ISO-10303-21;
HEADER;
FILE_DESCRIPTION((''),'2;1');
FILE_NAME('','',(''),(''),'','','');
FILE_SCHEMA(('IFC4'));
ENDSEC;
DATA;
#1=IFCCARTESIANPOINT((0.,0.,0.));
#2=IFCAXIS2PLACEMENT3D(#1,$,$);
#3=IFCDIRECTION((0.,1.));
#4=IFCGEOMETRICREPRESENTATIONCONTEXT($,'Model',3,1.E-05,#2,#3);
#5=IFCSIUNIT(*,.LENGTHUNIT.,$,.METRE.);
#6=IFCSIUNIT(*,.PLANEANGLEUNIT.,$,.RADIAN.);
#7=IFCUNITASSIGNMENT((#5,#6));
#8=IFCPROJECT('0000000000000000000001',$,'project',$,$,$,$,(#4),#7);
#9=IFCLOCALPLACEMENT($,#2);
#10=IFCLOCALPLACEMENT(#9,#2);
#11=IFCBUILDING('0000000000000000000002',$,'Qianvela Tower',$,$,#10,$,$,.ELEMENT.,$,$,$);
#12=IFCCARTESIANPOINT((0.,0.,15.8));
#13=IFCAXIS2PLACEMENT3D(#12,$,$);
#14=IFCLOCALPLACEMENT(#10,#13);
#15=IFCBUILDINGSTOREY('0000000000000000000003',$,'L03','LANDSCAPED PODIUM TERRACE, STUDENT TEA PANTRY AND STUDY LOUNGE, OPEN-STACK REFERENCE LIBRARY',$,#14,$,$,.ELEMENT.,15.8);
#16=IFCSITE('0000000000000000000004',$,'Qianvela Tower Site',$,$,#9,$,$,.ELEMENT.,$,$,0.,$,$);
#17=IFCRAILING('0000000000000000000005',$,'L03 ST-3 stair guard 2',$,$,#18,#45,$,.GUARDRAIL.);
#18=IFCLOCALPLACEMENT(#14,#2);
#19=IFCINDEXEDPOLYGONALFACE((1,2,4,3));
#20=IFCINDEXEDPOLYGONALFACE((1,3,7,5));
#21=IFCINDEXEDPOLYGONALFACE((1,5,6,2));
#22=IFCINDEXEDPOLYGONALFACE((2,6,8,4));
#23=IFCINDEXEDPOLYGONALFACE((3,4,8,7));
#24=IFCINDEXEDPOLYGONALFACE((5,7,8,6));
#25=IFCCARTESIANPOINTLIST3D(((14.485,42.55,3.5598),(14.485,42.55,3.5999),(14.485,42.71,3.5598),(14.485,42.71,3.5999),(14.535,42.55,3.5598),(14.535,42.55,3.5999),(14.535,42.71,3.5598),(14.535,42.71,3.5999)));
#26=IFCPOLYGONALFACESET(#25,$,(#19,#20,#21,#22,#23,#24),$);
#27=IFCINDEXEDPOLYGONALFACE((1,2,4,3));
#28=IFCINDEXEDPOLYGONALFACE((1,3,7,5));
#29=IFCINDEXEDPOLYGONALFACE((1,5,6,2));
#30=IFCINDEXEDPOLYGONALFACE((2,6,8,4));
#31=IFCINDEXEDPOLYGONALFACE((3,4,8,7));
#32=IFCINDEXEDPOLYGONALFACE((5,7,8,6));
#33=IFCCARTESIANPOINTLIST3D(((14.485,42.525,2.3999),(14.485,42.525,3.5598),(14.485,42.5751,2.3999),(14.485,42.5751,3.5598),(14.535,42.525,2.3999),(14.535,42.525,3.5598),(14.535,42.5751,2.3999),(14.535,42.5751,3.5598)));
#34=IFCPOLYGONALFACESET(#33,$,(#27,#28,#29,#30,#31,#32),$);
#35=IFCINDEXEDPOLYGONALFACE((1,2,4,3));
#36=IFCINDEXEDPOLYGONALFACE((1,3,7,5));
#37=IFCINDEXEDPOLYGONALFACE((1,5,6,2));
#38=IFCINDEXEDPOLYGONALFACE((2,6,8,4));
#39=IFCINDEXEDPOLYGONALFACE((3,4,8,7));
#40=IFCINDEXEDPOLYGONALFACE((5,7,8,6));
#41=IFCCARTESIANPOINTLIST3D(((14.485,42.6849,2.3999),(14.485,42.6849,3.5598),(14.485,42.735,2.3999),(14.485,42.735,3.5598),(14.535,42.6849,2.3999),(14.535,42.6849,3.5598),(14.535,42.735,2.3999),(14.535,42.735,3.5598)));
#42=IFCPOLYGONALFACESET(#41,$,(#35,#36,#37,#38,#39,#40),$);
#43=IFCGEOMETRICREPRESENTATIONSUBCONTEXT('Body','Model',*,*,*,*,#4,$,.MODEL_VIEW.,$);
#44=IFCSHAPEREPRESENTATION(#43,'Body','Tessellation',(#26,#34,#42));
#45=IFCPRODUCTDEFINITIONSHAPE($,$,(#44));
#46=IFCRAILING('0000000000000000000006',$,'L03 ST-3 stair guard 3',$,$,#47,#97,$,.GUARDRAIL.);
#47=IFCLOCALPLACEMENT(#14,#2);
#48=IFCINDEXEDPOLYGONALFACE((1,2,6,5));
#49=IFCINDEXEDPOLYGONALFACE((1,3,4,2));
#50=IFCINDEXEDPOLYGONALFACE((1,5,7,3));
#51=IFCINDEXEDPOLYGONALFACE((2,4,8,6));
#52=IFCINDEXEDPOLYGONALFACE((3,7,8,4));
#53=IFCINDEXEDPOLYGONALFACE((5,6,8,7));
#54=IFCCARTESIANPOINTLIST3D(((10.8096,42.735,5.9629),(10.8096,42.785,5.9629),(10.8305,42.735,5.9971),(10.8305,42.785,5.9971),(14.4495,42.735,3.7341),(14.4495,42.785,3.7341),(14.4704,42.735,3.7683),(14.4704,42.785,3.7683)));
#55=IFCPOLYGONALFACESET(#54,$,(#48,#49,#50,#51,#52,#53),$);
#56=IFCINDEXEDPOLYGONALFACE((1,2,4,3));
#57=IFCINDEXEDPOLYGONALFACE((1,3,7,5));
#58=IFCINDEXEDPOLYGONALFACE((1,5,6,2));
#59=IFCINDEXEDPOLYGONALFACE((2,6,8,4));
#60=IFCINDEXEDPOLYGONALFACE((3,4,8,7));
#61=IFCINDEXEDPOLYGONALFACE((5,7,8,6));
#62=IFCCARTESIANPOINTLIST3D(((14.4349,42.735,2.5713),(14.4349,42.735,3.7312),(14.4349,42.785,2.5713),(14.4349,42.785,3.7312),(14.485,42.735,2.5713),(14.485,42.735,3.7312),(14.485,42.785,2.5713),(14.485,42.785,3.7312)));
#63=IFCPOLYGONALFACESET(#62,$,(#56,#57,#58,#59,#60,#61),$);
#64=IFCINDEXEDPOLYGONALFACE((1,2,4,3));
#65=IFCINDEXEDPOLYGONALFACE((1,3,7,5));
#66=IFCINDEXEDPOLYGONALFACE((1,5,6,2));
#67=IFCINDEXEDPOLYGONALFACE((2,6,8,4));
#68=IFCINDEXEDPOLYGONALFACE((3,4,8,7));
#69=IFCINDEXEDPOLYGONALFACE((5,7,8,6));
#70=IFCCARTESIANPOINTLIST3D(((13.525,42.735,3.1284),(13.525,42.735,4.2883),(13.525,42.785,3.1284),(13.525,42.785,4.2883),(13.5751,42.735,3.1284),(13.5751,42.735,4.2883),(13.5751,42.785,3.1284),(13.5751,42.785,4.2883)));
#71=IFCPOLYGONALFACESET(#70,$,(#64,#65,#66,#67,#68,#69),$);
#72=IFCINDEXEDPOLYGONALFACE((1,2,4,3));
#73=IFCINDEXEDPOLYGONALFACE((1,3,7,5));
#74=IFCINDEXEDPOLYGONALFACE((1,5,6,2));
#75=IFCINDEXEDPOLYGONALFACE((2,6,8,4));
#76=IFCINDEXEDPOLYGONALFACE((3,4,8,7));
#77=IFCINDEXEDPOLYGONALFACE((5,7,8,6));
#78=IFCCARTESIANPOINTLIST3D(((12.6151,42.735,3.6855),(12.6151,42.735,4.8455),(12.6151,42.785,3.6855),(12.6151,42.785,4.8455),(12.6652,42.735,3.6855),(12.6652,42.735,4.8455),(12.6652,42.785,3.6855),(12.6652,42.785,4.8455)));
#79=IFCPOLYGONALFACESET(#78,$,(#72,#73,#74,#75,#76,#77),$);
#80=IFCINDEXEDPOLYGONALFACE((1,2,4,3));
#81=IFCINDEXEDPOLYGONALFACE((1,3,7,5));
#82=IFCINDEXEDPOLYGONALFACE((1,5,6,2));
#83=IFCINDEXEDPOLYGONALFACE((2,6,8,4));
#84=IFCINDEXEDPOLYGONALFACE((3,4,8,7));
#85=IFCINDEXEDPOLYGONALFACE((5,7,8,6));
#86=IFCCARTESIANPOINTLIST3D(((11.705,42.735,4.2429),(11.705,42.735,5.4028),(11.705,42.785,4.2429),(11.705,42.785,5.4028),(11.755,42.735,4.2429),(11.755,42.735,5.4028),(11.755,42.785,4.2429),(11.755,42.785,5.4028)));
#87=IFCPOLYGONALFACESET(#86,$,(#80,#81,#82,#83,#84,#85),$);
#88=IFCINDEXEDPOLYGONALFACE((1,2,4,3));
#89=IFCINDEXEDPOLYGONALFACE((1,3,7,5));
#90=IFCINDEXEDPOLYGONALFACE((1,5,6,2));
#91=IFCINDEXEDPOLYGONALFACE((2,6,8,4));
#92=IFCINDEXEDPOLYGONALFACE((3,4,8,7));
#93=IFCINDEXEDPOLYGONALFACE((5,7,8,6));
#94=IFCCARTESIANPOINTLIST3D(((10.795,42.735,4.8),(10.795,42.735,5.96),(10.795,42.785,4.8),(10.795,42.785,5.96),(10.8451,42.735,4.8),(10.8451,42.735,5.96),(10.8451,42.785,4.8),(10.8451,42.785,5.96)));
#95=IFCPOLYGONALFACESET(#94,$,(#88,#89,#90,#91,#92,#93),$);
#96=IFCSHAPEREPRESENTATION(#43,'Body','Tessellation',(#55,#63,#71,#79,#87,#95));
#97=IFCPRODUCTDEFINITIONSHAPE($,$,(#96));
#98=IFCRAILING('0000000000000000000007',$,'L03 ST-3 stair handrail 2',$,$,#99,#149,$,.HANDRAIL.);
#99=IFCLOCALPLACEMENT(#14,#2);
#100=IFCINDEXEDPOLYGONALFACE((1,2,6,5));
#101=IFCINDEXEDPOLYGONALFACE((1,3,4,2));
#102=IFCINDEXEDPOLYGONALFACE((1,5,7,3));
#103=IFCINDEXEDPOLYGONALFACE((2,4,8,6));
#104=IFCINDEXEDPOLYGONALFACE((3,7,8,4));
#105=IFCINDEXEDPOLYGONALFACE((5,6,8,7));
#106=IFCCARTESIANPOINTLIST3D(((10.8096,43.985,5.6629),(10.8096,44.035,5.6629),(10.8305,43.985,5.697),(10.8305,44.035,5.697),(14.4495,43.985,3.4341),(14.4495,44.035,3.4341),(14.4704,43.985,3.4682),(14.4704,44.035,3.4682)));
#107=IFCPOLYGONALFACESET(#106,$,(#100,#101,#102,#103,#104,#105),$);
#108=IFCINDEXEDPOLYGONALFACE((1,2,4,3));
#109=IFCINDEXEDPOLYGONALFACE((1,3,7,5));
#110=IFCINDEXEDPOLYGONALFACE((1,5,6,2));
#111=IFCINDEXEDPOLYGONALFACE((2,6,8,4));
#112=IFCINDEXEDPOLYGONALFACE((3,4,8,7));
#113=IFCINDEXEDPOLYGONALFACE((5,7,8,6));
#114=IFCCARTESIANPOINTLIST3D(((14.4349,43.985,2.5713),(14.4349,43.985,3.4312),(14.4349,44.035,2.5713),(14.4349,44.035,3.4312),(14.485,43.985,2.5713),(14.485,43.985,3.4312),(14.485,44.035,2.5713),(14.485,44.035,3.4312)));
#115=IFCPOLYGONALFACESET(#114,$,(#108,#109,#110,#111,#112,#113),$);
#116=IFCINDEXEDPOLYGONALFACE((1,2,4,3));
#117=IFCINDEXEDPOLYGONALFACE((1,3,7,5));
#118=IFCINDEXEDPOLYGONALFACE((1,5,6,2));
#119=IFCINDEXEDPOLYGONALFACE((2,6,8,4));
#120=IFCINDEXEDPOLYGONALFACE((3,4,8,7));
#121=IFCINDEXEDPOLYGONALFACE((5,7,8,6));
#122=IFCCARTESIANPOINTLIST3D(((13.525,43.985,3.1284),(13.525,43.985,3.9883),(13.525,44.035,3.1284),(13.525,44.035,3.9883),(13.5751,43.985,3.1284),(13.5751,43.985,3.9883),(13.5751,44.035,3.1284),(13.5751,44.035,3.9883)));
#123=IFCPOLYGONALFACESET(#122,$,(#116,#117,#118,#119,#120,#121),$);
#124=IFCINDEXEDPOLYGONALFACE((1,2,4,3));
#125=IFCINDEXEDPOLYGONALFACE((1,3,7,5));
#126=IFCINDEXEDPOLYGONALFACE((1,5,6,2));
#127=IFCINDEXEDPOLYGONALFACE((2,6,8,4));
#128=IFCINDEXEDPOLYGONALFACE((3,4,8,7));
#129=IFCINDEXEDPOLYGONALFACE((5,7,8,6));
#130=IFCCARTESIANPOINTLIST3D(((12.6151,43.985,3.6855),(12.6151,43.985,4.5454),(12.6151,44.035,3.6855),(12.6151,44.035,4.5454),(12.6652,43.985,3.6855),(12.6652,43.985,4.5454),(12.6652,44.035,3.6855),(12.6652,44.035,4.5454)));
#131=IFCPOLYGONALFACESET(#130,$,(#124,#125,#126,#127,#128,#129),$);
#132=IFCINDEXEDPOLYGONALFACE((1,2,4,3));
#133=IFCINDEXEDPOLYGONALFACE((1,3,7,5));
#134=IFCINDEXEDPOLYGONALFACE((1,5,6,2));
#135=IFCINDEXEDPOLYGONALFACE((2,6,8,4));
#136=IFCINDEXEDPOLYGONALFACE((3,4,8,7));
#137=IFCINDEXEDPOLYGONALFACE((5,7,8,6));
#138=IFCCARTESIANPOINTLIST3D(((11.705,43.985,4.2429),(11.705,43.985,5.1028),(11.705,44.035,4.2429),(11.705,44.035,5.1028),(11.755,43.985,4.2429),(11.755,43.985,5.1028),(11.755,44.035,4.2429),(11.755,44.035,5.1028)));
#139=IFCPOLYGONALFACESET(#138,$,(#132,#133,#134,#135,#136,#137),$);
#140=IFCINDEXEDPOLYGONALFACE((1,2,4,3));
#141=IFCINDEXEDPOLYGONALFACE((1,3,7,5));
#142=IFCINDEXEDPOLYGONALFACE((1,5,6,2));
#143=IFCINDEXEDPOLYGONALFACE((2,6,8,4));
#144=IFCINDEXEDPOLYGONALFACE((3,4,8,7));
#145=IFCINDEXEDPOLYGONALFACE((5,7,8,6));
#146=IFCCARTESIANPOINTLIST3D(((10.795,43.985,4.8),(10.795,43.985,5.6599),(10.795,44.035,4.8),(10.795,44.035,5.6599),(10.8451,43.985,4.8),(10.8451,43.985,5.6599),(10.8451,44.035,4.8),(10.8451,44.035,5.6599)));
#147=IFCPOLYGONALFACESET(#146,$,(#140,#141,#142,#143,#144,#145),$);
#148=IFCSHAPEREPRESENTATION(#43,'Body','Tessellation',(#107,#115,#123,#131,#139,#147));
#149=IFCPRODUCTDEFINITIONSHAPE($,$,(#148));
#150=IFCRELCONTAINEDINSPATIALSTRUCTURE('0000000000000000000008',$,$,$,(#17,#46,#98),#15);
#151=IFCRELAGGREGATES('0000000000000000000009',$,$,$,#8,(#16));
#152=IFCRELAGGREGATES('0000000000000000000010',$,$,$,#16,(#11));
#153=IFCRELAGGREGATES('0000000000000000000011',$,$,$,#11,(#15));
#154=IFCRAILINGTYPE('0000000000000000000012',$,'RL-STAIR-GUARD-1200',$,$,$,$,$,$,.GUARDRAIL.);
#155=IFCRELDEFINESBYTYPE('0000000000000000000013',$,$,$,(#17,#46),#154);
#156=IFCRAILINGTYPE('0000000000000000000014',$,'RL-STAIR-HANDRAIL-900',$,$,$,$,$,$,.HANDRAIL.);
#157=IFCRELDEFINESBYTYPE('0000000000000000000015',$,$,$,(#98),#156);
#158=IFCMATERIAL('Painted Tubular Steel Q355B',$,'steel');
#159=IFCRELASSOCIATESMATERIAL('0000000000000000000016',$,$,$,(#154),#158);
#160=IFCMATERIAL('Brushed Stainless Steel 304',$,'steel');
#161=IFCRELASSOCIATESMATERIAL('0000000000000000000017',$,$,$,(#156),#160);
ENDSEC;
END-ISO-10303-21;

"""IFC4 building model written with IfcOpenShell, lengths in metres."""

from ifc_helpers import new_model, si_unit, direction, frame, origin, origin_2d, place, context, subcontext, project, spatial, rectangle, extrude, material, type_object, element, save


model = new_model("IFC4")

# Units and contexts
model_context = context("Model", 3, precision=1e-05, world=origin(), true_north=direction((0.0, 1.0)))
body_context = subcontext(model_context, "Body", "Model", "MODEL_VIEW")
ifc_project = project(units=[si_unit("LENGTHUNIT", "METRE"), si_unit("PLANEANGLEUNIT", "RADIAN")], contexts=[model_context])

# Site, building, storey
site_placement = place(None, origin())
site = spatial("IfcSite", under=ifc_project, at=site_placement, Name="Qianvela Tower Site", CompositionType="ELEMENT", RefElevation=0.0)
building_placement = place(site_placement, origin())
building = spatial("IfcBuilding", under=site, at=building_placement, Name="Qianvela Tower", CompositionType="ELEMENT")
storey_placement = place(building_placement, frame((0.0, 0.0, 15.8)))
storey = spatial("IfcBuildingStorey", under=building, at=storey_placement, Name="L03", Description="LANDSCAPED PODIUM TERRACE, STUDENT TEA PANTRY AND STUDY LOUNGE, OPEN-STACK REFERENCE LIBRARY", CompositionType="ELEMENT", Elevation=15.8)

# Railings
ifc_material_1 = material(Name="Painted Tubular Steel Q355B", Category="steel")
railing_type_1 = type_object("IfcRailingType", Name="RL-STAIR-GUARD-1200", PredefinedType="GUARDRAIL", material=ifc_material_1)
railing_1_placement = place(storey_placement, frame((14.51, 42.55, 2.3999)))
element("IfcRailing", 1, at=railing_1_placement, inside=storey, type_object=railing_type_1, Name="L03 ST-3 stair guard 2", PredefinedType="GUARDRAIL", context=body_context, shape_type="SweptSolid", body=[
    extrude(rectangle(XDim=0.05, YDim=0.04, at=origin_2d()), frame((0.0, 0.0, 1.1799), z_axis=(0.0, 1.0, 0.0), x_axis=(-1.0, 0.0, 0.0)), (0.0, 0.0, 1.0), 0.1599),
    extrude(rectangle(XDim=0.05, YDim=0.05, at=origin_2d()), origin(), (0.0, 0.0, 1.0), 1.1599),
    extrude(rectangle(XDim=0.05, YDim=0.05, at=origin_2d()), frame((0.0, 0.1599, 0.0)), (0.0, 0.0, 1.0), 1.1599),
])
railing_2_placement = place(storey_placement, frame((14.46, 42.76, 2.5713)))
element("IfcRailing", 2, at=railing_2_placement, inside=storey, type_object=railing_type_1, Name="L03 ST-3 stair guard 3", PredefinedType="GUARDRAIL", context=body_context, shape_type="SweptSolid", body=[
    extrude(rectangle(XDim=0.05, YDim=0.04, at=origin_2d()), frame((0.0, 0.0, 1.1799), z_axis=(-0.852825, 0.0, 0.522197), x_axis=(0.0, -1.0, 0.0)), (0.0, 0.0, 1.0), 4.2681),
    extrude(rectangle(XDim=0.05, YDim=0.05, at=origin_2d()), origin(), (0.0, 0.0, 1.0), 1.1599),
    extrude(rectangle(XDim=0.05, YDim=0.05, at=origin_2d()), frame((-0.9099, 0.0, 0.5571)), (0.0, 0.0, 1.0), 1.1599),
    extrude(rectangle(XDim=0.05, YDim=0.05, at=origin_2d()), frame((-1.8198, 0.0, 1.1143)), (0.0, 0.0, 1.0), 1.1599),
    extrude(rectangle(XDim=0.05, YDim=0.05, at=origin_2d()), frame((-2.73, 0.0, 1.6716)), (0.0, 0.0, 1.0), 1.1599),
    extrude(rectangle(XDim=0.05, YDim=0.05, at=origin_2d()), frame((-3.6399, 0.0, 2.2288)), (0.0, 0.0, 1.0), 1.1599),
])
ifc_material_2 = material(Name="Brushed Stainless Steel 304", Category="steel")
railing_type_2 = type_object("IfcRailingType", Name="RL-STAIR-HANDRAIL-900", PredefinedType="HANDRAIL", material=ifc_material_2)
railing_3_placement = place(storey_placement, frame((14.46, 44.01, 2.5713)))
element("IfcRailing", 3, at=railing_3_placement, inside=storey, type_object=railing_type_2, Name="L03 ST-3 stair handrail 2", PredefinedType="HANDRAIL", context=body_context, shape_type="SweptSolid", body=[
    extrude(rectangle(XDim=0.05, YDim=0.04, at=origin_2d()), frame((0.0, 0.0, 0.8799), z_axis=(-0.852825, 0.0, 0.522197), x_axis=(0.0, -1.0, 0.0)), (0.0, 0.0, 1.0), 4.2681),
    extrude(rectangle(XDim=0.05, YDim=0.05, at=origin_2d()), origin(), (0.0, 0.0, 1.0), 0.8599),
    extrude(rectangle(XDim=0.05, YDim=0.05, at=origin_2d()), frame((-0.9099, 0.0, 0.5571)), (0.0, 0.0, 1.0), 0.8599),
    extrude(rectangle(XDim=0.05, YDim=0.05, at=origin_2d()), frame((-1.8198, 0.0, 1.1143)), (0.0, 0.0, 1.0), 0.8599),
    extrude(rectangle(XDim=0.05, YDim=0.05, at=origin_2d()), frame((-2.73, 0.0, 1.6716)), (0.0, 0.0, 1.0), 0.8599),
    extrude(rectangle(XDim=0.05, YDim=0.05, at=origin_2d()), frame((-3.6399, 0.0, 2.2288)), (0.0, 0.0, 1.0), 0.8599),
])

save(model, "model.ifc")
